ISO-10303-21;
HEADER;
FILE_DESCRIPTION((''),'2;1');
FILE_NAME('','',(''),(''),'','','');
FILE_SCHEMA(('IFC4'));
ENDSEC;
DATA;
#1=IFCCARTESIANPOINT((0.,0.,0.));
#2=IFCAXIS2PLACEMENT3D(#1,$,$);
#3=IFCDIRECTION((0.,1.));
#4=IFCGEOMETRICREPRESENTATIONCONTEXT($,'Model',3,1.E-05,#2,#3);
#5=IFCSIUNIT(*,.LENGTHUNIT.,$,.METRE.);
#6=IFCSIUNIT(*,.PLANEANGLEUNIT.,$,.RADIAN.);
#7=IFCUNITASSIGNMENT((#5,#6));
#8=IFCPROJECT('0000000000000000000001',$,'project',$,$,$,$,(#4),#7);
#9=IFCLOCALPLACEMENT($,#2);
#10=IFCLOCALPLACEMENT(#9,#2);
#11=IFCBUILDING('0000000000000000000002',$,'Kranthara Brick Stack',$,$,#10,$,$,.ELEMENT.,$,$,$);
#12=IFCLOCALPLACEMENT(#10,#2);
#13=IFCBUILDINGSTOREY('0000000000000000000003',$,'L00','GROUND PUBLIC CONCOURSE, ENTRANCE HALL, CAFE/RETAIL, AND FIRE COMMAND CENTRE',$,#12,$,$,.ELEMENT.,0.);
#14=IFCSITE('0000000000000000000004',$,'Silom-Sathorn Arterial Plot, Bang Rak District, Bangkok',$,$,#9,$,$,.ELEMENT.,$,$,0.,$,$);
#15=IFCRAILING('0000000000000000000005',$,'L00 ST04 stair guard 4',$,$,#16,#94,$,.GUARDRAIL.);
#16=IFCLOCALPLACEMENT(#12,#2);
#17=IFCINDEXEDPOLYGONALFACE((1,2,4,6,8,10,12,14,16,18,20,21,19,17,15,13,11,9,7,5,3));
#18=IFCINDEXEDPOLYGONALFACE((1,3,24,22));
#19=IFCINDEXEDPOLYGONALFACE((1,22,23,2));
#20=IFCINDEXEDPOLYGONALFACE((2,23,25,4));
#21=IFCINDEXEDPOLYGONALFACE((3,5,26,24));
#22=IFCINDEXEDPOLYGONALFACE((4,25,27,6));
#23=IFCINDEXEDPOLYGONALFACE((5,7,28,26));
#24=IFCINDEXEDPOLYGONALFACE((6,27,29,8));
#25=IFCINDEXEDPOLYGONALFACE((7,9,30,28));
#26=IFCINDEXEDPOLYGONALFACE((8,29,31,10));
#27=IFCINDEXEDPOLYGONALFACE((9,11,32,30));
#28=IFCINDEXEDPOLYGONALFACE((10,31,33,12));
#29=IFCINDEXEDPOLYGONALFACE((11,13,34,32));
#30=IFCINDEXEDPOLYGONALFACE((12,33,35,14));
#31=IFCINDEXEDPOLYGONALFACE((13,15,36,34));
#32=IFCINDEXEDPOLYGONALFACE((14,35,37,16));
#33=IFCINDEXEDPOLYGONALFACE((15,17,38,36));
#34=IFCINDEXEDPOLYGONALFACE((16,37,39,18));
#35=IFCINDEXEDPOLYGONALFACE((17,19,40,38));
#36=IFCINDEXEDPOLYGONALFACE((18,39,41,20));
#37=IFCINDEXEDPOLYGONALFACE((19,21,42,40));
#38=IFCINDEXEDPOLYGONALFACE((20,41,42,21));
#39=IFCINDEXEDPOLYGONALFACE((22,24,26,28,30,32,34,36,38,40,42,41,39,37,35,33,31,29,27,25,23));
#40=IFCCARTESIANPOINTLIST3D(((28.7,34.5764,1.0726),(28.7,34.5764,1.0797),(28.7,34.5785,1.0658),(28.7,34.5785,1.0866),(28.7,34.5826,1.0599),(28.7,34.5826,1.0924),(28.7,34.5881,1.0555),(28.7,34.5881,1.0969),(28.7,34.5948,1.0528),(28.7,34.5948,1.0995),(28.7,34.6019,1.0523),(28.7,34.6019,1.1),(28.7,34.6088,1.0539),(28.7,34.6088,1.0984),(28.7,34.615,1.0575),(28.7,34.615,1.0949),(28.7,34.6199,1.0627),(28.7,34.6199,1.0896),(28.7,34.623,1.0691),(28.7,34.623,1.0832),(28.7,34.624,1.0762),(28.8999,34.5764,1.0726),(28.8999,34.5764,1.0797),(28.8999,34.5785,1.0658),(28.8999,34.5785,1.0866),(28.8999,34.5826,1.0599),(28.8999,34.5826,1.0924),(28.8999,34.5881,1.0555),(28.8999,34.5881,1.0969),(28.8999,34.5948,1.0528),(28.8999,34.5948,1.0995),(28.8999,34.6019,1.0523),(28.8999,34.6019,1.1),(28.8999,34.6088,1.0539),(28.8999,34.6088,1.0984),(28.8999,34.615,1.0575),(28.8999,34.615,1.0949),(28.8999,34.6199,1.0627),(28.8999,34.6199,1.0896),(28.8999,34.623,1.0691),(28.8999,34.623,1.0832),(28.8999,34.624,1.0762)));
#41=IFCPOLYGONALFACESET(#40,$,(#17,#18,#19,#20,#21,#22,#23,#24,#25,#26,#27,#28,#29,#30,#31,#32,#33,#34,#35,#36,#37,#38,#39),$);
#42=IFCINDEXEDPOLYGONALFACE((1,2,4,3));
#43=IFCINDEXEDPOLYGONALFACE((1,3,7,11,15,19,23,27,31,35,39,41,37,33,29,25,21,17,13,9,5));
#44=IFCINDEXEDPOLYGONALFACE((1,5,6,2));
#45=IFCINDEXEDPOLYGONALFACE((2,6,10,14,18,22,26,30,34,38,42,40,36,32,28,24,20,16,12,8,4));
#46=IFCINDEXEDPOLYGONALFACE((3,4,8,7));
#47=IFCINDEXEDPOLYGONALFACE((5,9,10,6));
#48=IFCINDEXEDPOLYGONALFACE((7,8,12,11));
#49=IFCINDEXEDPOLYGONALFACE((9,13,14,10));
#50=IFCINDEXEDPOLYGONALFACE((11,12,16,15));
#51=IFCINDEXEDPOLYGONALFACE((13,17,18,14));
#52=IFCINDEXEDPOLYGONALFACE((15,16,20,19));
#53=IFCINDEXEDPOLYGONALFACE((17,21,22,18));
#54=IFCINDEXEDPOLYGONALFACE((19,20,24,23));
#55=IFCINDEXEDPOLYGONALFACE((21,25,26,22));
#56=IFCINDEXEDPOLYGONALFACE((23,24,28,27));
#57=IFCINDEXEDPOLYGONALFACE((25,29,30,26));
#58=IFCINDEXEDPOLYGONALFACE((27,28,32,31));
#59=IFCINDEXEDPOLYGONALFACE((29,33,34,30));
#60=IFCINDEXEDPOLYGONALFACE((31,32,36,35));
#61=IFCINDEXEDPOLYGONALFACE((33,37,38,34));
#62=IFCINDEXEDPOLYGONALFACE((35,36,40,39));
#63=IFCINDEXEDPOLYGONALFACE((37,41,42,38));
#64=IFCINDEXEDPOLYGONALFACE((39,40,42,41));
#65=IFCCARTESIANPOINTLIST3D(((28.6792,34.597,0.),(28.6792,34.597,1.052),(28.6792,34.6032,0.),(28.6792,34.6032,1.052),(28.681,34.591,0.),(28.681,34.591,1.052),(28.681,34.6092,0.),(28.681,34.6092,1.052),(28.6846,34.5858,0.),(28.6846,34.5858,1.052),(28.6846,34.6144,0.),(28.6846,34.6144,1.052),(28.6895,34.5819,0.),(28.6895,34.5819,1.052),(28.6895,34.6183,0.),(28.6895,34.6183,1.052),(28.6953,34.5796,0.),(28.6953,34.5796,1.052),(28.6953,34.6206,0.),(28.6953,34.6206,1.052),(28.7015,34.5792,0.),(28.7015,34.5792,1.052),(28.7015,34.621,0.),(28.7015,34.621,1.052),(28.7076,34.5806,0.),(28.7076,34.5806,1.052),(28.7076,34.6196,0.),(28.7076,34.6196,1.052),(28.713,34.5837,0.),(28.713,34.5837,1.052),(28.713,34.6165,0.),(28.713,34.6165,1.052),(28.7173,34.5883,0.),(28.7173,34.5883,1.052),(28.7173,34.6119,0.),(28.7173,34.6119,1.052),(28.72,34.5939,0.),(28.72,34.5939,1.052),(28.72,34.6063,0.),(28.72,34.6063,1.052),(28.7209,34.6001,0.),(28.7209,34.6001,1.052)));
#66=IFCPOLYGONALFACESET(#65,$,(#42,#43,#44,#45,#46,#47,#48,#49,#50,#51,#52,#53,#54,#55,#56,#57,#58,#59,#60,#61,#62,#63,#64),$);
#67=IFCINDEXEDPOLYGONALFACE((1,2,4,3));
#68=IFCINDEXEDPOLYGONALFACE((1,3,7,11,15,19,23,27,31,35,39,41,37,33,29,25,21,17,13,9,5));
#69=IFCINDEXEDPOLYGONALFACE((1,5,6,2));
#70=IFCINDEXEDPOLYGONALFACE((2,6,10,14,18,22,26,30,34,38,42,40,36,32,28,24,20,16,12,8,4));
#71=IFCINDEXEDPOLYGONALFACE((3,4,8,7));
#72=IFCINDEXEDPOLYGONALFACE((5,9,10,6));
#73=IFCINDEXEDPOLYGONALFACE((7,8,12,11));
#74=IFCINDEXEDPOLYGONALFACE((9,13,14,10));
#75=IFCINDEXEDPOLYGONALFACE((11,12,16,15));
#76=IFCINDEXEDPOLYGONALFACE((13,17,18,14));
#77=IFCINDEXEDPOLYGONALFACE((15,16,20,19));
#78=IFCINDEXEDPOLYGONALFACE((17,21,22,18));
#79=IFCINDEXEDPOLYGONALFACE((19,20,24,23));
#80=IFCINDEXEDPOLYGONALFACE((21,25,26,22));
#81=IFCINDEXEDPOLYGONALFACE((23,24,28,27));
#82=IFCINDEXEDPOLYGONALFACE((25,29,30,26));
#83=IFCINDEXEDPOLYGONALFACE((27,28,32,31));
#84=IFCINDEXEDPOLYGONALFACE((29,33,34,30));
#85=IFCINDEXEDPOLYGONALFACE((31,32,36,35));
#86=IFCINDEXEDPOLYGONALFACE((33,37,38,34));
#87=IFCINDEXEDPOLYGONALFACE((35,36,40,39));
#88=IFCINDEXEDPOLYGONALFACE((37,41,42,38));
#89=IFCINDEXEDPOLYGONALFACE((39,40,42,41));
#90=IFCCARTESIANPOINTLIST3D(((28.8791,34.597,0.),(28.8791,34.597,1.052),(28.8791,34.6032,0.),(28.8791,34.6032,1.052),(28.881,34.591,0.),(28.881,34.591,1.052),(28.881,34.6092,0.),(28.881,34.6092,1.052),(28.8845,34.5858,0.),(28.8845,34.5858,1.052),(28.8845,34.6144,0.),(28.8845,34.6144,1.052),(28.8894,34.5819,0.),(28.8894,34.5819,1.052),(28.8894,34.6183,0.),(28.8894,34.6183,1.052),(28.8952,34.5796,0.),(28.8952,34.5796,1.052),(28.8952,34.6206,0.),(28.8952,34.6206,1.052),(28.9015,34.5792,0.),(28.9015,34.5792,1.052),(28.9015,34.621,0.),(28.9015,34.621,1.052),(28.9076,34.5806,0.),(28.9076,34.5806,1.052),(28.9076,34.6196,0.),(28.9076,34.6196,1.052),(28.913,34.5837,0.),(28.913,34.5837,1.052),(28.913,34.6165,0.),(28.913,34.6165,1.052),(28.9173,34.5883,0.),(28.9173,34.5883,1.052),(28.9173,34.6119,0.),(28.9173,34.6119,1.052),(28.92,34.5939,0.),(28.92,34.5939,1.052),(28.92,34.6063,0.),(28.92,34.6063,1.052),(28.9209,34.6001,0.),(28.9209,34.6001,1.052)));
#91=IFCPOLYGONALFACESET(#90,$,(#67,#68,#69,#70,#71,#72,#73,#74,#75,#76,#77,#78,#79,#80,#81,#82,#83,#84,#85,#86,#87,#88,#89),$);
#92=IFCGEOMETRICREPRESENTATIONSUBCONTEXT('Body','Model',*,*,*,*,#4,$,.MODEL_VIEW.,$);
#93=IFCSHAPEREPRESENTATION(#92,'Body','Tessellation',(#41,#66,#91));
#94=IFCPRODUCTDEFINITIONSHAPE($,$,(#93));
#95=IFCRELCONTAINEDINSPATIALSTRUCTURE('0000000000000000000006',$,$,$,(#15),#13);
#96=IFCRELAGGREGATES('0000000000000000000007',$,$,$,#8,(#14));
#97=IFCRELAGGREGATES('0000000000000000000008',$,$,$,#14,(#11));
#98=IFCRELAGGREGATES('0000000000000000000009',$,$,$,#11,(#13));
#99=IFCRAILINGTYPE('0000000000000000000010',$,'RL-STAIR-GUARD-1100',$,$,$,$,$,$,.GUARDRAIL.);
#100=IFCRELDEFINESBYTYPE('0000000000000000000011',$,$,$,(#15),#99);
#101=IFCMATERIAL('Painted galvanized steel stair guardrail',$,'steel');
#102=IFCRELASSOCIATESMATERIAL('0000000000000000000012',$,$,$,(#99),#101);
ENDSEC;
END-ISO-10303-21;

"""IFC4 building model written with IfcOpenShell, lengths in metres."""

from ifc_helpers import new_model, si_unit, direction, frame, origin, origin_2d, place, context, subcontext, project, spatial, circle, extrude, material, type_object, element, save


model = new_model("IFC4")

# Units and contexts
model_context = context("Model", 3, precision=1e-05, world=origin(), true_north=direction((0.0, 1.0)))
body_context = subcontext(model_context, "Body", "Model", "MODEL_VIEW")
ifc_project = project(units=[si_unit("LENGTHUNIT", "METRE"), si_unit("PLANEANGLEUNIT", "RADIAN")], contexts=[model_context])

# Site, building, storey
site_placement = place(None, origin())
site = spatial("IfcSite", under=ifc_project, at=site_placement, Name="Silom-Sathorn Arterial Plot, Bang Rak District, Bangkok", CompositionType="ELEMENT", RefElevation=0.0)
building_placement = place(site_placement, origin())
building = spatial("IfcBuilding", under=site, at=building_placement, Name="Kranthara Brick Stack", CompositionType="ELEMENT")
storey_placement = place(building_placement, origin())
storey = spatial("IfcBuildingStorey", under=building, at=storey_placement, Name="L00", Description="GROUND PUBLIC CONCOURSE, ENTRANCE HALL, CAFE/RETAIL, AND FIRE COMMAND CENTRE", CompositionType="ELEMENT", Elevation=0.0)

# Railing
ifc_material_1 = material(Name="Painted galvanized steel stair guardrail", Category="steel")
railing_type_1 = type_object("IfcRailingType", Name="RL-STAIR-GUARD-1100", PredefinedType="GUARDRAIL", material=ifc_material_1)
railing_1_placement = place(storey_placement, frame((28.7, 34.6001, 0.0)))
element("IfcRailing", 1, at=railing_1_placement, inside=storey, type_object=railing_type_1, Name="L00 ST04 stair guard 4", PredefinedType="GUARDRAIL", context=body_context, shape_type="SweptSolid", body=[
    extrude(circle(Radius=0.0239, at=origin_2d()), frame((0.0, 0.0, 1.0762), z_axis=(1.0, 0.0, 0.0), x_axis=(0.0, 1.0, 0.0)), (0.0, 0.0, 1.0), 0.2),
    extrude(circle(Radius=0.021, at=origin_2d()), origin(), (0.0, 0.0, 1.0), 1.052),
    extrude(circle(Radius=0.021, at=origin_2d()), frame((0.2, 0.0, 0.0)), (0.0, 0.0, 1.0), 1.052),
])

save(model, "model.ifc")
